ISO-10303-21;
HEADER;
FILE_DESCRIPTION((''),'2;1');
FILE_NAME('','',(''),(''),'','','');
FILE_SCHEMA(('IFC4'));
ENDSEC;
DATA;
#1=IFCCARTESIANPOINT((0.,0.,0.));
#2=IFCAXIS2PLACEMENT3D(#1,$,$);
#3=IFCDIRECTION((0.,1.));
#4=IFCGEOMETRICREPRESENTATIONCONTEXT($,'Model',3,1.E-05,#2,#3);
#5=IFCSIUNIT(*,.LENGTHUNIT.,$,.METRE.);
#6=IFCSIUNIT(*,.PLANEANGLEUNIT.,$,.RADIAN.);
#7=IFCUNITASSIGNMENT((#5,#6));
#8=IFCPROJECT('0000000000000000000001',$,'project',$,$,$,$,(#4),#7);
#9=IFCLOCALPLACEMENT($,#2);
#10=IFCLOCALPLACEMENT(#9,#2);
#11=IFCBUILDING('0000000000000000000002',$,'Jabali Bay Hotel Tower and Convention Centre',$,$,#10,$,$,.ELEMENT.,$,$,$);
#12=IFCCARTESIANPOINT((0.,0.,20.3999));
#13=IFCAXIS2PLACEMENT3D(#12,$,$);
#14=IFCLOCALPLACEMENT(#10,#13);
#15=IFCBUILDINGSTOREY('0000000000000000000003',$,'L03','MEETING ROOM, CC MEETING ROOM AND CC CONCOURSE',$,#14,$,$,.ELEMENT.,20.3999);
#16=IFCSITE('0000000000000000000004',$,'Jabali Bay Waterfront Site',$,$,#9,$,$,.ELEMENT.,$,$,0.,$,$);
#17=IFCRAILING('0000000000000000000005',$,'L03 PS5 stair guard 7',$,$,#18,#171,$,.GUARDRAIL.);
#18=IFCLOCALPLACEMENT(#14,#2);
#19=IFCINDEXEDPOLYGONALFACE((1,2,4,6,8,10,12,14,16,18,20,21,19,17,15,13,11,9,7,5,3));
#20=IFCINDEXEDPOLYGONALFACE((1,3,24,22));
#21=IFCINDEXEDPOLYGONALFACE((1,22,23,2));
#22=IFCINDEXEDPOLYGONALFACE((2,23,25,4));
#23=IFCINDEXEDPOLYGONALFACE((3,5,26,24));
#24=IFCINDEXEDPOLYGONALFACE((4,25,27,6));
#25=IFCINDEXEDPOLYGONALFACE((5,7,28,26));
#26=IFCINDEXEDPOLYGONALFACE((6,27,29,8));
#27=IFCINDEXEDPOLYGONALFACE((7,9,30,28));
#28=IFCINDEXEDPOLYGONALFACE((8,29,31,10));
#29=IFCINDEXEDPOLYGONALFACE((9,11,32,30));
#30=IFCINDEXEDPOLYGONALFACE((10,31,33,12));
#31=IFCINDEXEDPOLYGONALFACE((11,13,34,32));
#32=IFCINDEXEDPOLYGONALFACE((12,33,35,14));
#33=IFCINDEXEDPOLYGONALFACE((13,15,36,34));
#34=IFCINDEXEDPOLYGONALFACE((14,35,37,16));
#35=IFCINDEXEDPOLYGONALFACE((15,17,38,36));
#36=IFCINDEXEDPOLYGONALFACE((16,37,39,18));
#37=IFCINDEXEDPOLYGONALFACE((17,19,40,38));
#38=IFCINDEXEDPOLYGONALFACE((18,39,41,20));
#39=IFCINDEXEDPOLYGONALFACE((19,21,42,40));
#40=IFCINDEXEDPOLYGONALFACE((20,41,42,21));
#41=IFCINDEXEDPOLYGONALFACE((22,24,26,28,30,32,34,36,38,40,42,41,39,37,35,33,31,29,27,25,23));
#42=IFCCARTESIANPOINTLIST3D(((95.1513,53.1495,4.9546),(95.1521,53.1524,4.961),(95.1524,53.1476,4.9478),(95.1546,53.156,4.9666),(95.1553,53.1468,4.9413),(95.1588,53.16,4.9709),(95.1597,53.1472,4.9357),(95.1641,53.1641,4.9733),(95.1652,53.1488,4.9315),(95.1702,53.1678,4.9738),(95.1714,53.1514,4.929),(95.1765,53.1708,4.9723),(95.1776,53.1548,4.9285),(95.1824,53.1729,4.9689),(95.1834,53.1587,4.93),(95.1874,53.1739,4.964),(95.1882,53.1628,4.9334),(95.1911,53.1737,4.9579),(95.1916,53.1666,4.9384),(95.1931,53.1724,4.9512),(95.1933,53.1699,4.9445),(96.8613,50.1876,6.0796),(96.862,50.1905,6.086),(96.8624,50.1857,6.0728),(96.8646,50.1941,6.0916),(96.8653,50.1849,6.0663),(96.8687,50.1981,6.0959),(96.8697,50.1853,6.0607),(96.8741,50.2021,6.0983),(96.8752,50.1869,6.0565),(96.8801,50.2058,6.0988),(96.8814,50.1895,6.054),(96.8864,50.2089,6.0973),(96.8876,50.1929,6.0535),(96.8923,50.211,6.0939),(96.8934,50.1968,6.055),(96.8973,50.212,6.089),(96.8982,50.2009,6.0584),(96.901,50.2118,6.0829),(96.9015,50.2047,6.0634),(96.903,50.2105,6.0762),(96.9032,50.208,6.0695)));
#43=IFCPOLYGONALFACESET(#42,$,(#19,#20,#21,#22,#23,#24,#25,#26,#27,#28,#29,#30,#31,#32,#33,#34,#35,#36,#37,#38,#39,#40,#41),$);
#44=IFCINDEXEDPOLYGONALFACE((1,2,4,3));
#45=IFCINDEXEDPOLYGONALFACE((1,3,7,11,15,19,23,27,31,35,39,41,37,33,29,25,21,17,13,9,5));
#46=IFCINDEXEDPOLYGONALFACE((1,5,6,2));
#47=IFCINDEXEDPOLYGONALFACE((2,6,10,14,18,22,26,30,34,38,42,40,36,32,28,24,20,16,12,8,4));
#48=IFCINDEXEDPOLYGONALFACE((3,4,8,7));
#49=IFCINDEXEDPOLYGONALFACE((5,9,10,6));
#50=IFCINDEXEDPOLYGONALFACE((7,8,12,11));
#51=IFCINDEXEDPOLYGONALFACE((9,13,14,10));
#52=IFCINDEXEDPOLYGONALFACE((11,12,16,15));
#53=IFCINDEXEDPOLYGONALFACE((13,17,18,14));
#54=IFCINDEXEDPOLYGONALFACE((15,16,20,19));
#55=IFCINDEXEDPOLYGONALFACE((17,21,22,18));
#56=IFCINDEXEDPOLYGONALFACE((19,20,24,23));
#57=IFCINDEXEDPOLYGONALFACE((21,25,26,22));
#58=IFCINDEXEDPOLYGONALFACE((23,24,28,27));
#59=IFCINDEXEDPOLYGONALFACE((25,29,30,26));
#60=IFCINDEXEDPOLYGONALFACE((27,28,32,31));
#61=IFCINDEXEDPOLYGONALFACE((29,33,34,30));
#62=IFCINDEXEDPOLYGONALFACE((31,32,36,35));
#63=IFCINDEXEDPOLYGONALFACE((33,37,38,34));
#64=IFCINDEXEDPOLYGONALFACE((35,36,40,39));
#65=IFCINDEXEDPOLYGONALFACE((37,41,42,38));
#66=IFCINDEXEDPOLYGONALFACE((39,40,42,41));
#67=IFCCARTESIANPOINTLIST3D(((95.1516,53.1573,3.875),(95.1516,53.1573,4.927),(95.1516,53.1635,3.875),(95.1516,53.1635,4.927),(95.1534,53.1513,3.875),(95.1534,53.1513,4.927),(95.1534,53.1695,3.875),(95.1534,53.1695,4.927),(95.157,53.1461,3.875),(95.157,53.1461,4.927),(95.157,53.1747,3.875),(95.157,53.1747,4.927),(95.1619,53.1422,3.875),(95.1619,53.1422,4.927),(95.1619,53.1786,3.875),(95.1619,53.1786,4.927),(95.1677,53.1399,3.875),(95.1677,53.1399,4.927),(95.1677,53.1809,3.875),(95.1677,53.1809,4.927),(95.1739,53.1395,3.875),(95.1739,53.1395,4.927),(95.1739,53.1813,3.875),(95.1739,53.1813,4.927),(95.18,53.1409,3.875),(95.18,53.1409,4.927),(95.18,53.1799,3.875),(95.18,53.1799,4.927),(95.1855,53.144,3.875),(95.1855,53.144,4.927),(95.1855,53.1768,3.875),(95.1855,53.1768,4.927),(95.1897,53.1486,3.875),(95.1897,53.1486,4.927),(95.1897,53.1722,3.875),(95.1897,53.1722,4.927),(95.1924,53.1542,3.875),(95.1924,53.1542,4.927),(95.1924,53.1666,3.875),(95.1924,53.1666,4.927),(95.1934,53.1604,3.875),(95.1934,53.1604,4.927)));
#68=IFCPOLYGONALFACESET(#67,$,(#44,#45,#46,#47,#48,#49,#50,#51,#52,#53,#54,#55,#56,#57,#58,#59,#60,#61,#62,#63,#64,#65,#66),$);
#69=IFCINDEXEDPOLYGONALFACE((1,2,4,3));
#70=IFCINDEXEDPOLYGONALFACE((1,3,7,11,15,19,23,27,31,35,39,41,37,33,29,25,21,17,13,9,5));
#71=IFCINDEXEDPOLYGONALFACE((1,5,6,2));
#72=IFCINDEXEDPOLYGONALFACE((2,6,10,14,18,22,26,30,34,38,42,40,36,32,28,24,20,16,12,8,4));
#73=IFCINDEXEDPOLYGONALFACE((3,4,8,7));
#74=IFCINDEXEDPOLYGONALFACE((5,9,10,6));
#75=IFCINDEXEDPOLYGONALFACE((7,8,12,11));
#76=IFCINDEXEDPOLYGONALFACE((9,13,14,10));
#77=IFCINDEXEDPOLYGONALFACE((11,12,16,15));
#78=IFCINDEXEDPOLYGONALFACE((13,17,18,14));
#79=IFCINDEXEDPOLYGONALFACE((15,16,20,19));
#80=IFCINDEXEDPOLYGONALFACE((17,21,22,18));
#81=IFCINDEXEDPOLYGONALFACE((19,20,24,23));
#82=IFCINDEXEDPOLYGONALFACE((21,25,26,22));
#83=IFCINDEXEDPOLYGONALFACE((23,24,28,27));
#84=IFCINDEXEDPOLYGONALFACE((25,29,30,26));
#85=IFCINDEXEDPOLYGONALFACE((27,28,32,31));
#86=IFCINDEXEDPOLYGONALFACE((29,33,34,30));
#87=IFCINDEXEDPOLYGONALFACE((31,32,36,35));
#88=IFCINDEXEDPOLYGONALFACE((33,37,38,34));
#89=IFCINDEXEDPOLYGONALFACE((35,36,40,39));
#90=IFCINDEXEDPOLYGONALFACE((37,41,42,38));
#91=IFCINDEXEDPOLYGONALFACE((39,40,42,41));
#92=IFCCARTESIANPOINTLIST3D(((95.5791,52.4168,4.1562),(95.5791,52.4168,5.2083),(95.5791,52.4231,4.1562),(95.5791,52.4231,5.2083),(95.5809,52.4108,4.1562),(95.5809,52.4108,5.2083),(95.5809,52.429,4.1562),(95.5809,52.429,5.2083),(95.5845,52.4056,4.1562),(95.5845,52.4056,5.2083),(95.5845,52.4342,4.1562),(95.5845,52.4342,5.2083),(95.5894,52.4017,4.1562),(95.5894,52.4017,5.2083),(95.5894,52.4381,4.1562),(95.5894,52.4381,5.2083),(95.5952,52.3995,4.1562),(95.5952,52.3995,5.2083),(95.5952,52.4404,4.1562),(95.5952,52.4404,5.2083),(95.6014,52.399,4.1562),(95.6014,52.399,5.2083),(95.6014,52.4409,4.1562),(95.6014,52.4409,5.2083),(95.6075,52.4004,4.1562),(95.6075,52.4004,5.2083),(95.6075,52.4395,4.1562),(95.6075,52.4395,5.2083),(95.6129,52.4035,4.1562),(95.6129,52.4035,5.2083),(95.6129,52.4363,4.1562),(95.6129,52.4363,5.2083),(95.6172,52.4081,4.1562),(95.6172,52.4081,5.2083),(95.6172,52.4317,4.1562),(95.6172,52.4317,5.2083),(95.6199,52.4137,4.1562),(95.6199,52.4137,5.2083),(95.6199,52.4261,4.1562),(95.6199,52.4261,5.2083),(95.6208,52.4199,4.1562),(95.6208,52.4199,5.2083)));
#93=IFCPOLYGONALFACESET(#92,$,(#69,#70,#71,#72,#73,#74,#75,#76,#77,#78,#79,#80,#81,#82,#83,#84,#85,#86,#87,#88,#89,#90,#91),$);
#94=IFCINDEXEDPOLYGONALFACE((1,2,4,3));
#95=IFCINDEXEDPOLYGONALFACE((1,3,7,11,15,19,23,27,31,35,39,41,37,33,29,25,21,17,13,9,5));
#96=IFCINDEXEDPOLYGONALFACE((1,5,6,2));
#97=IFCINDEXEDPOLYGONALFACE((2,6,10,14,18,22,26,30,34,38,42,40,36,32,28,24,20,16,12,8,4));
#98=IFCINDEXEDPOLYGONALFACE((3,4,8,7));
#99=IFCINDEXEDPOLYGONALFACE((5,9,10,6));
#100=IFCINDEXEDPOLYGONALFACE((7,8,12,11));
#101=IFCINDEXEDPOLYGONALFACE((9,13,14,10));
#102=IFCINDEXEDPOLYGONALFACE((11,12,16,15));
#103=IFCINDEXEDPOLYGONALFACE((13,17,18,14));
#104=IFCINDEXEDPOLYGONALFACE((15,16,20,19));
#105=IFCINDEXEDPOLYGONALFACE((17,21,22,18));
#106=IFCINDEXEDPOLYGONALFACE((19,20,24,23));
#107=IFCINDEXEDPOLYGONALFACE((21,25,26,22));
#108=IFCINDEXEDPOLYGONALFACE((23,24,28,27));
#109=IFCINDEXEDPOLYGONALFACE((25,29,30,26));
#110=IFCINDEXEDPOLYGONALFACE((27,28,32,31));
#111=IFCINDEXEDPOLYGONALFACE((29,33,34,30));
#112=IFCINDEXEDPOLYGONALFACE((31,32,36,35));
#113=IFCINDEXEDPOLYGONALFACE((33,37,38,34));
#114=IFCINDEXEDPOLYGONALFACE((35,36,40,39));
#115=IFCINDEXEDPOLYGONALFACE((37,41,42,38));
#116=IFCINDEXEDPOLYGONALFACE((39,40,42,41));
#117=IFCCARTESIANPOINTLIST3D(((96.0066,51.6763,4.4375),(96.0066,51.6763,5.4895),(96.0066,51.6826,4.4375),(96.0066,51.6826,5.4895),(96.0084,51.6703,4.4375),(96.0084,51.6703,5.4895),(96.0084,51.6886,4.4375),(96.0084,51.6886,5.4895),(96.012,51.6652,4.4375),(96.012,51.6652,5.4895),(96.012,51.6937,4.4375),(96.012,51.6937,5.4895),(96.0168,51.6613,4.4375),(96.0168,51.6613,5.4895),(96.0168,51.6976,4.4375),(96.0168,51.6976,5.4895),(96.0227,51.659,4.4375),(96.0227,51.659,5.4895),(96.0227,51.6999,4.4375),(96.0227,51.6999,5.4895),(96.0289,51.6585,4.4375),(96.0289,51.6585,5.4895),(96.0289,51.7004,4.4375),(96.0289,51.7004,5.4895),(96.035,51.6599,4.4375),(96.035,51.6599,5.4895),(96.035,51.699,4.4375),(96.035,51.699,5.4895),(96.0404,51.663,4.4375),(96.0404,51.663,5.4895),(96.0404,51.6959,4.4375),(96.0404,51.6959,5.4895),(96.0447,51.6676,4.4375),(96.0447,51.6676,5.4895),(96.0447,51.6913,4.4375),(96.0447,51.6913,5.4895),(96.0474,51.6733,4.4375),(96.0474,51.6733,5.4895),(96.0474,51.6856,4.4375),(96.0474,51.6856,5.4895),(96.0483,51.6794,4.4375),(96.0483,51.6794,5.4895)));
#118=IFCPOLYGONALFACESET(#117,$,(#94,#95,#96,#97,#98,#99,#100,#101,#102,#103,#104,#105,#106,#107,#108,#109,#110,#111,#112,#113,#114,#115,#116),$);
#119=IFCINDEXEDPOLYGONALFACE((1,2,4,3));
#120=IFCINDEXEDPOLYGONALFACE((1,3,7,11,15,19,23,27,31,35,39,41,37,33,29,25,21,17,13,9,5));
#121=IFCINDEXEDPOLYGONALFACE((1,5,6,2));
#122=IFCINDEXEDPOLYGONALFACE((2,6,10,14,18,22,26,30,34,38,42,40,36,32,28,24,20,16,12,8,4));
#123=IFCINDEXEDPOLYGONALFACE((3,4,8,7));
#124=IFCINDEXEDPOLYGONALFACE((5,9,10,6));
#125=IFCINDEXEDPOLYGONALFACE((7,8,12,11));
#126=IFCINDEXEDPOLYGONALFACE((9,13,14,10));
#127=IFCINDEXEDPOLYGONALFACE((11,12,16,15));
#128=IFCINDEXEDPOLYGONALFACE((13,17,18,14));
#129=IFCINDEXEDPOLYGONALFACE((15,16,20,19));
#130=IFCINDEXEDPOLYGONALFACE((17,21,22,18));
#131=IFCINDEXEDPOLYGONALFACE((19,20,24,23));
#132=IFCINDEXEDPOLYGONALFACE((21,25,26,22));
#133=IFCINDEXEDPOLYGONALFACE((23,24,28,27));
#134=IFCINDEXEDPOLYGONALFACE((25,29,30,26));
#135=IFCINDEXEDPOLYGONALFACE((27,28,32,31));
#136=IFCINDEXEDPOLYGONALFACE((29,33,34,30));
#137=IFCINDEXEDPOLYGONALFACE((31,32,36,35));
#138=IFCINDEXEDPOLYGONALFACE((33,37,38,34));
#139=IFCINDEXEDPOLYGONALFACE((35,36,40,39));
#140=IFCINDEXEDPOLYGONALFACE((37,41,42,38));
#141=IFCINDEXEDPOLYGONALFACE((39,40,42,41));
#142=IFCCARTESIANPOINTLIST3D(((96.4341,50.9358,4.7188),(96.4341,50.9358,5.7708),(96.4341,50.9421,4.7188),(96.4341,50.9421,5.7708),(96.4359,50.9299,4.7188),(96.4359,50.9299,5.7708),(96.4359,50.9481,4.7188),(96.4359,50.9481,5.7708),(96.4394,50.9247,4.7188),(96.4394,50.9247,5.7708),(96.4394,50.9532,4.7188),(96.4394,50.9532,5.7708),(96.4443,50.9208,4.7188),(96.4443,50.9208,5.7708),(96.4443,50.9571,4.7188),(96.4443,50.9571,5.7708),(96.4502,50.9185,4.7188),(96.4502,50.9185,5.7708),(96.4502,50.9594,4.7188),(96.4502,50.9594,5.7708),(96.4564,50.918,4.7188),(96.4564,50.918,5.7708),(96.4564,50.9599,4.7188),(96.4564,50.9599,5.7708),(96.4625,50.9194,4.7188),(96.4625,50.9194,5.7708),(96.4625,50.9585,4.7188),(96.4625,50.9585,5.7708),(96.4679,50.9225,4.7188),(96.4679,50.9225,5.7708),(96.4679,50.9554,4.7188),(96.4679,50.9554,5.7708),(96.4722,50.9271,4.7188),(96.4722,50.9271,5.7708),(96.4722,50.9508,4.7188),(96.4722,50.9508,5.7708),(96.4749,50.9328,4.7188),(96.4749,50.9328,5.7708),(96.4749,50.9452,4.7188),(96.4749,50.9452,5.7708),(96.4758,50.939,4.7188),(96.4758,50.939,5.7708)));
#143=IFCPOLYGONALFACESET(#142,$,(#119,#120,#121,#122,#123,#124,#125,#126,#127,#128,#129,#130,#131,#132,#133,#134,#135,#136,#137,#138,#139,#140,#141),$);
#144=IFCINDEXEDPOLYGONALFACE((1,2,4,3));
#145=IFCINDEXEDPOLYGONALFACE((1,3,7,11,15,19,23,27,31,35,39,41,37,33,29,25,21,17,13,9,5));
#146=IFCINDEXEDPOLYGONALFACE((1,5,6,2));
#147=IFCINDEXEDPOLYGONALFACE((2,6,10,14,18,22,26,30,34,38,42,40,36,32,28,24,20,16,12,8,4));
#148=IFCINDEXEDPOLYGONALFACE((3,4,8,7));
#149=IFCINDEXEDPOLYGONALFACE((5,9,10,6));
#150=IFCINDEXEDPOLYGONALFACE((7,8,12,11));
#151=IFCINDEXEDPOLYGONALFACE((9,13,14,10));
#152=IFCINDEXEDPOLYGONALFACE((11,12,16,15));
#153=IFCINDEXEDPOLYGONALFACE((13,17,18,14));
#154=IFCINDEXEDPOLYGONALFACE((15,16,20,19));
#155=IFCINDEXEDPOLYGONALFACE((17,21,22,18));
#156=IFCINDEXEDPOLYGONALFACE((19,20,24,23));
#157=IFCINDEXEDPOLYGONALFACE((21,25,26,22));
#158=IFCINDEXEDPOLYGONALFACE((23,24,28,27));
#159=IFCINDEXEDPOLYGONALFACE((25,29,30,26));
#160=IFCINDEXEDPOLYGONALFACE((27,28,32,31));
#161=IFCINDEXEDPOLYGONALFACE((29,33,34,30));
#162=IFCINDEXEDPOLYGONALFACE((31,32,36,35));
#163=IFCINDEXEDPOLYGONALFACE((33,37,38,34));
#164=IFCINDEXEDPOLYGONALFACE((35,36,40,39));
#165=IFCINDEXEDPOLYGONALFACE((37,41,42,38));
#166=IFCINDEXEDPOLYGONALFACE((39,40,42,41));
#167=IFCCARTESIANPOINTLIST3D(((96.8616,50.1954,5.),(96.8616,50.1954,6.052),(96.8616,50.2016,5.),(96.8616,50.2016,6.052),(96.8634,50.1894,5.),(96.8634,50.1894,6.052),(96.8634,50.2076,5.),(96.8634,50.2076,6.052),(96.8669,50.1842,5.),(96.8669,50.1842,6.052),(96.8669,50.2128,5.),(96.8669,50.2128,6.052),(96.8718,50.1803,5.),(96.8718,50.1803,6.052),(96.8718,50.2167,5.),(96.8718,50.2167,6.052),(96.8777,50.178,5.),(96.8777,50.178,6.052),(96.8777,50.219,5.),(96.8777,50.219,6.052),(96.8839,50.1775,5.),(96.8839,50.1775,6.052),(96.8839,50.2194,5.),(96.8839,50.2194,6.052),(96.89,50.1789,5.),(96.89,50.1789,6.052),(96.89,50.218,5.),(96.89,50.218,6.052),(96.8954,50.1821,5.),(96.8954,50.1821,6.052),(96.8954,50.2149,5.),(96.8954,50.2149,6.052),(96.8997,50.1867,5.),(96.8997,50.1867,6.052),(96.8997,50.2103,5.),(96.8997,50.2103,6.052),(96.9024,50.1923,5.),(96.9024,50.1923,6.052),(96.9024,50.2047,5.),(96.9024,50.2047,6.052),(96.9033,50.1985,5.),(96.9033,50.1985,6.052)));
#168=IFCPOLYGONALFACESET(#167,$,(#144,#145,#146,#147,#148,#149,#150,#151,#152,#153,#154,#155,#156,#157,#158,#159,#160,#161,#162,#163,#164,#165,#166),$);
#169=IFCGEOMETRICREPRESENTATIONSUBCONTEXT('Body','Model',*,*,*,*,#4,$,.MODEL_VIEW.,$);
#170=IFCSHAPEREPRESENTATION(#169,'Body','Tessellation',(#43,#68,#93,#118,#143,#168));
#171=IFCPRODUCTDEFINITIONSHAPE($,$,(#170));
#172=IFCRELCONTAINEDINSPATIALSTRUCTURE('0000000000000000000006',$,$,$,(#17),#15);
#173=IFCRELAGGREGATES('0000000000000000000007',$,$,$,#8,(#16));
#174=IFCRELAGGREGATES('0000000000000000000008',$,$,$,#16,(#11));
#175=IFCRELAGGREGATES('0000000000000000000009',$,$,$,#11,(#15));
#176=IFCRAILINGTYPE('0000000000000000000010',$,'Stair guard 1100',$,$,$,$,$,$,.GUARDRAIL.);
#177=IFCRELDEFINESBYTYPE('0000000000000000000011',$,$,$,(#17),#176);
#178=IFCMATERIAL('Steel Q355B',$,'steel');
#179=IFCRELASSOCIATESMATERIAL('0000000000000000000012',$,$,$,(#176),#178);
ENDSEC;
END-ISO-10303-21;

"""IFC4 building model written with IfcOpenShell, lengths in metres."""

from ifc_helpers import new_model, si_unit, direction, frame, origin, origin_2d, place, context, subcontext, project, spatial, circle, extrude, material, type_object, element, save


model = new_model("IFC4")

# Units and contexts
model_context = context("Model", 3, precision=1e-05, world=origin(), true_north=direction((0.0, 1.0)))
body_context = subcontext(model_context, "Body", "Model", "MODEL_VIEW")
ifc_project = project(units=[si_unit("LENGTHUNIT", "METRE"), si_unit("PLANEANGLEUNIT", "RADIAN")], contexts=[model_context])

# Site, building, storey
site_placement = place(None, origin())
site = spatial("IfcSite", under=ifc_project, at=site_placement, Name="Jabali Bay Waterfront Site", CompositionType="ELEMENT", RefElevation=0.0)
building_placement = place(site_placement, origin())
building = spatial("IfcBuilding", under=site, at=building_placement, Name="Jabali Bay Hotel Tower and Convention Centre", CompositionType="ELEMENT")
storey_placement = place(building_placement, frame((0.0, 0.0, 20.3999)))
storey = spatial("IfcBuildingStorey", under=building, at=storey_placement, Name="L03", Description="MEETING ROOM, CC MEETING ROOM AND CC CONCOURSE", CompositionType="ELEMENT", Elevation=20.3999)

# Railing
ifc_material_1 = material(Name="Steel Q355B", Category="steel")
railing_type_1 = type_object("IfcRailingType", Name="Stair guard 1100", PredefinedType="GUARDRAIL", material=ifc_material_1)
railing_1_placement = place(storey_placement, frame((95.1724, 53.1604, 3.875)))
element("IfcRailing", 1, at=railing_1_placement, inside=storey, type_object=railing_type_1, Name="L03 PS5 stair guard 7", PredefinedType="GUARDRAIL", context=body_context, shape_type="SweptSolid", body=[
    extrude(circle(Radius=0.0239, at=origin_2d()), frame((0.0, 0.0, 1.0762), z_axis=(0.474943, -0.822674, 0.31247), x_axis=(0.866038, 0.499978, 0.0)), (0.0, 0.0, 1.0), 3.6003),
    extrude(circle(Radius=0.021, at=origin_2d()), origin(), (0.0, 0.0, 1.0), 1.052),
    extrude(circle(Radius=0.021, at=origin_2d()), frame((0.4275, -0.7405, 0.2812)), (0.0, 0.0, 1.0), 1.052),
    extrude(circle(Radius=0.021, at=origin_2d()), frame((0.855, -1.481, 0.5625)), (0.0, 0.0, 1.0), 1.052),
    extrude(circle(Radius=0.021, at=origin_2d()), frame((1.2825, -2.2214, 0.8438)), (0.0, 0.0, 1.0), 1.052),
    extrude(circle(Radius=0.021, at=origin_2d()), frame((1.71, -2.9619, 1.125)), (0.0, 0.0, 1.0), 1.052),
])

save(model, "model.ifc")
